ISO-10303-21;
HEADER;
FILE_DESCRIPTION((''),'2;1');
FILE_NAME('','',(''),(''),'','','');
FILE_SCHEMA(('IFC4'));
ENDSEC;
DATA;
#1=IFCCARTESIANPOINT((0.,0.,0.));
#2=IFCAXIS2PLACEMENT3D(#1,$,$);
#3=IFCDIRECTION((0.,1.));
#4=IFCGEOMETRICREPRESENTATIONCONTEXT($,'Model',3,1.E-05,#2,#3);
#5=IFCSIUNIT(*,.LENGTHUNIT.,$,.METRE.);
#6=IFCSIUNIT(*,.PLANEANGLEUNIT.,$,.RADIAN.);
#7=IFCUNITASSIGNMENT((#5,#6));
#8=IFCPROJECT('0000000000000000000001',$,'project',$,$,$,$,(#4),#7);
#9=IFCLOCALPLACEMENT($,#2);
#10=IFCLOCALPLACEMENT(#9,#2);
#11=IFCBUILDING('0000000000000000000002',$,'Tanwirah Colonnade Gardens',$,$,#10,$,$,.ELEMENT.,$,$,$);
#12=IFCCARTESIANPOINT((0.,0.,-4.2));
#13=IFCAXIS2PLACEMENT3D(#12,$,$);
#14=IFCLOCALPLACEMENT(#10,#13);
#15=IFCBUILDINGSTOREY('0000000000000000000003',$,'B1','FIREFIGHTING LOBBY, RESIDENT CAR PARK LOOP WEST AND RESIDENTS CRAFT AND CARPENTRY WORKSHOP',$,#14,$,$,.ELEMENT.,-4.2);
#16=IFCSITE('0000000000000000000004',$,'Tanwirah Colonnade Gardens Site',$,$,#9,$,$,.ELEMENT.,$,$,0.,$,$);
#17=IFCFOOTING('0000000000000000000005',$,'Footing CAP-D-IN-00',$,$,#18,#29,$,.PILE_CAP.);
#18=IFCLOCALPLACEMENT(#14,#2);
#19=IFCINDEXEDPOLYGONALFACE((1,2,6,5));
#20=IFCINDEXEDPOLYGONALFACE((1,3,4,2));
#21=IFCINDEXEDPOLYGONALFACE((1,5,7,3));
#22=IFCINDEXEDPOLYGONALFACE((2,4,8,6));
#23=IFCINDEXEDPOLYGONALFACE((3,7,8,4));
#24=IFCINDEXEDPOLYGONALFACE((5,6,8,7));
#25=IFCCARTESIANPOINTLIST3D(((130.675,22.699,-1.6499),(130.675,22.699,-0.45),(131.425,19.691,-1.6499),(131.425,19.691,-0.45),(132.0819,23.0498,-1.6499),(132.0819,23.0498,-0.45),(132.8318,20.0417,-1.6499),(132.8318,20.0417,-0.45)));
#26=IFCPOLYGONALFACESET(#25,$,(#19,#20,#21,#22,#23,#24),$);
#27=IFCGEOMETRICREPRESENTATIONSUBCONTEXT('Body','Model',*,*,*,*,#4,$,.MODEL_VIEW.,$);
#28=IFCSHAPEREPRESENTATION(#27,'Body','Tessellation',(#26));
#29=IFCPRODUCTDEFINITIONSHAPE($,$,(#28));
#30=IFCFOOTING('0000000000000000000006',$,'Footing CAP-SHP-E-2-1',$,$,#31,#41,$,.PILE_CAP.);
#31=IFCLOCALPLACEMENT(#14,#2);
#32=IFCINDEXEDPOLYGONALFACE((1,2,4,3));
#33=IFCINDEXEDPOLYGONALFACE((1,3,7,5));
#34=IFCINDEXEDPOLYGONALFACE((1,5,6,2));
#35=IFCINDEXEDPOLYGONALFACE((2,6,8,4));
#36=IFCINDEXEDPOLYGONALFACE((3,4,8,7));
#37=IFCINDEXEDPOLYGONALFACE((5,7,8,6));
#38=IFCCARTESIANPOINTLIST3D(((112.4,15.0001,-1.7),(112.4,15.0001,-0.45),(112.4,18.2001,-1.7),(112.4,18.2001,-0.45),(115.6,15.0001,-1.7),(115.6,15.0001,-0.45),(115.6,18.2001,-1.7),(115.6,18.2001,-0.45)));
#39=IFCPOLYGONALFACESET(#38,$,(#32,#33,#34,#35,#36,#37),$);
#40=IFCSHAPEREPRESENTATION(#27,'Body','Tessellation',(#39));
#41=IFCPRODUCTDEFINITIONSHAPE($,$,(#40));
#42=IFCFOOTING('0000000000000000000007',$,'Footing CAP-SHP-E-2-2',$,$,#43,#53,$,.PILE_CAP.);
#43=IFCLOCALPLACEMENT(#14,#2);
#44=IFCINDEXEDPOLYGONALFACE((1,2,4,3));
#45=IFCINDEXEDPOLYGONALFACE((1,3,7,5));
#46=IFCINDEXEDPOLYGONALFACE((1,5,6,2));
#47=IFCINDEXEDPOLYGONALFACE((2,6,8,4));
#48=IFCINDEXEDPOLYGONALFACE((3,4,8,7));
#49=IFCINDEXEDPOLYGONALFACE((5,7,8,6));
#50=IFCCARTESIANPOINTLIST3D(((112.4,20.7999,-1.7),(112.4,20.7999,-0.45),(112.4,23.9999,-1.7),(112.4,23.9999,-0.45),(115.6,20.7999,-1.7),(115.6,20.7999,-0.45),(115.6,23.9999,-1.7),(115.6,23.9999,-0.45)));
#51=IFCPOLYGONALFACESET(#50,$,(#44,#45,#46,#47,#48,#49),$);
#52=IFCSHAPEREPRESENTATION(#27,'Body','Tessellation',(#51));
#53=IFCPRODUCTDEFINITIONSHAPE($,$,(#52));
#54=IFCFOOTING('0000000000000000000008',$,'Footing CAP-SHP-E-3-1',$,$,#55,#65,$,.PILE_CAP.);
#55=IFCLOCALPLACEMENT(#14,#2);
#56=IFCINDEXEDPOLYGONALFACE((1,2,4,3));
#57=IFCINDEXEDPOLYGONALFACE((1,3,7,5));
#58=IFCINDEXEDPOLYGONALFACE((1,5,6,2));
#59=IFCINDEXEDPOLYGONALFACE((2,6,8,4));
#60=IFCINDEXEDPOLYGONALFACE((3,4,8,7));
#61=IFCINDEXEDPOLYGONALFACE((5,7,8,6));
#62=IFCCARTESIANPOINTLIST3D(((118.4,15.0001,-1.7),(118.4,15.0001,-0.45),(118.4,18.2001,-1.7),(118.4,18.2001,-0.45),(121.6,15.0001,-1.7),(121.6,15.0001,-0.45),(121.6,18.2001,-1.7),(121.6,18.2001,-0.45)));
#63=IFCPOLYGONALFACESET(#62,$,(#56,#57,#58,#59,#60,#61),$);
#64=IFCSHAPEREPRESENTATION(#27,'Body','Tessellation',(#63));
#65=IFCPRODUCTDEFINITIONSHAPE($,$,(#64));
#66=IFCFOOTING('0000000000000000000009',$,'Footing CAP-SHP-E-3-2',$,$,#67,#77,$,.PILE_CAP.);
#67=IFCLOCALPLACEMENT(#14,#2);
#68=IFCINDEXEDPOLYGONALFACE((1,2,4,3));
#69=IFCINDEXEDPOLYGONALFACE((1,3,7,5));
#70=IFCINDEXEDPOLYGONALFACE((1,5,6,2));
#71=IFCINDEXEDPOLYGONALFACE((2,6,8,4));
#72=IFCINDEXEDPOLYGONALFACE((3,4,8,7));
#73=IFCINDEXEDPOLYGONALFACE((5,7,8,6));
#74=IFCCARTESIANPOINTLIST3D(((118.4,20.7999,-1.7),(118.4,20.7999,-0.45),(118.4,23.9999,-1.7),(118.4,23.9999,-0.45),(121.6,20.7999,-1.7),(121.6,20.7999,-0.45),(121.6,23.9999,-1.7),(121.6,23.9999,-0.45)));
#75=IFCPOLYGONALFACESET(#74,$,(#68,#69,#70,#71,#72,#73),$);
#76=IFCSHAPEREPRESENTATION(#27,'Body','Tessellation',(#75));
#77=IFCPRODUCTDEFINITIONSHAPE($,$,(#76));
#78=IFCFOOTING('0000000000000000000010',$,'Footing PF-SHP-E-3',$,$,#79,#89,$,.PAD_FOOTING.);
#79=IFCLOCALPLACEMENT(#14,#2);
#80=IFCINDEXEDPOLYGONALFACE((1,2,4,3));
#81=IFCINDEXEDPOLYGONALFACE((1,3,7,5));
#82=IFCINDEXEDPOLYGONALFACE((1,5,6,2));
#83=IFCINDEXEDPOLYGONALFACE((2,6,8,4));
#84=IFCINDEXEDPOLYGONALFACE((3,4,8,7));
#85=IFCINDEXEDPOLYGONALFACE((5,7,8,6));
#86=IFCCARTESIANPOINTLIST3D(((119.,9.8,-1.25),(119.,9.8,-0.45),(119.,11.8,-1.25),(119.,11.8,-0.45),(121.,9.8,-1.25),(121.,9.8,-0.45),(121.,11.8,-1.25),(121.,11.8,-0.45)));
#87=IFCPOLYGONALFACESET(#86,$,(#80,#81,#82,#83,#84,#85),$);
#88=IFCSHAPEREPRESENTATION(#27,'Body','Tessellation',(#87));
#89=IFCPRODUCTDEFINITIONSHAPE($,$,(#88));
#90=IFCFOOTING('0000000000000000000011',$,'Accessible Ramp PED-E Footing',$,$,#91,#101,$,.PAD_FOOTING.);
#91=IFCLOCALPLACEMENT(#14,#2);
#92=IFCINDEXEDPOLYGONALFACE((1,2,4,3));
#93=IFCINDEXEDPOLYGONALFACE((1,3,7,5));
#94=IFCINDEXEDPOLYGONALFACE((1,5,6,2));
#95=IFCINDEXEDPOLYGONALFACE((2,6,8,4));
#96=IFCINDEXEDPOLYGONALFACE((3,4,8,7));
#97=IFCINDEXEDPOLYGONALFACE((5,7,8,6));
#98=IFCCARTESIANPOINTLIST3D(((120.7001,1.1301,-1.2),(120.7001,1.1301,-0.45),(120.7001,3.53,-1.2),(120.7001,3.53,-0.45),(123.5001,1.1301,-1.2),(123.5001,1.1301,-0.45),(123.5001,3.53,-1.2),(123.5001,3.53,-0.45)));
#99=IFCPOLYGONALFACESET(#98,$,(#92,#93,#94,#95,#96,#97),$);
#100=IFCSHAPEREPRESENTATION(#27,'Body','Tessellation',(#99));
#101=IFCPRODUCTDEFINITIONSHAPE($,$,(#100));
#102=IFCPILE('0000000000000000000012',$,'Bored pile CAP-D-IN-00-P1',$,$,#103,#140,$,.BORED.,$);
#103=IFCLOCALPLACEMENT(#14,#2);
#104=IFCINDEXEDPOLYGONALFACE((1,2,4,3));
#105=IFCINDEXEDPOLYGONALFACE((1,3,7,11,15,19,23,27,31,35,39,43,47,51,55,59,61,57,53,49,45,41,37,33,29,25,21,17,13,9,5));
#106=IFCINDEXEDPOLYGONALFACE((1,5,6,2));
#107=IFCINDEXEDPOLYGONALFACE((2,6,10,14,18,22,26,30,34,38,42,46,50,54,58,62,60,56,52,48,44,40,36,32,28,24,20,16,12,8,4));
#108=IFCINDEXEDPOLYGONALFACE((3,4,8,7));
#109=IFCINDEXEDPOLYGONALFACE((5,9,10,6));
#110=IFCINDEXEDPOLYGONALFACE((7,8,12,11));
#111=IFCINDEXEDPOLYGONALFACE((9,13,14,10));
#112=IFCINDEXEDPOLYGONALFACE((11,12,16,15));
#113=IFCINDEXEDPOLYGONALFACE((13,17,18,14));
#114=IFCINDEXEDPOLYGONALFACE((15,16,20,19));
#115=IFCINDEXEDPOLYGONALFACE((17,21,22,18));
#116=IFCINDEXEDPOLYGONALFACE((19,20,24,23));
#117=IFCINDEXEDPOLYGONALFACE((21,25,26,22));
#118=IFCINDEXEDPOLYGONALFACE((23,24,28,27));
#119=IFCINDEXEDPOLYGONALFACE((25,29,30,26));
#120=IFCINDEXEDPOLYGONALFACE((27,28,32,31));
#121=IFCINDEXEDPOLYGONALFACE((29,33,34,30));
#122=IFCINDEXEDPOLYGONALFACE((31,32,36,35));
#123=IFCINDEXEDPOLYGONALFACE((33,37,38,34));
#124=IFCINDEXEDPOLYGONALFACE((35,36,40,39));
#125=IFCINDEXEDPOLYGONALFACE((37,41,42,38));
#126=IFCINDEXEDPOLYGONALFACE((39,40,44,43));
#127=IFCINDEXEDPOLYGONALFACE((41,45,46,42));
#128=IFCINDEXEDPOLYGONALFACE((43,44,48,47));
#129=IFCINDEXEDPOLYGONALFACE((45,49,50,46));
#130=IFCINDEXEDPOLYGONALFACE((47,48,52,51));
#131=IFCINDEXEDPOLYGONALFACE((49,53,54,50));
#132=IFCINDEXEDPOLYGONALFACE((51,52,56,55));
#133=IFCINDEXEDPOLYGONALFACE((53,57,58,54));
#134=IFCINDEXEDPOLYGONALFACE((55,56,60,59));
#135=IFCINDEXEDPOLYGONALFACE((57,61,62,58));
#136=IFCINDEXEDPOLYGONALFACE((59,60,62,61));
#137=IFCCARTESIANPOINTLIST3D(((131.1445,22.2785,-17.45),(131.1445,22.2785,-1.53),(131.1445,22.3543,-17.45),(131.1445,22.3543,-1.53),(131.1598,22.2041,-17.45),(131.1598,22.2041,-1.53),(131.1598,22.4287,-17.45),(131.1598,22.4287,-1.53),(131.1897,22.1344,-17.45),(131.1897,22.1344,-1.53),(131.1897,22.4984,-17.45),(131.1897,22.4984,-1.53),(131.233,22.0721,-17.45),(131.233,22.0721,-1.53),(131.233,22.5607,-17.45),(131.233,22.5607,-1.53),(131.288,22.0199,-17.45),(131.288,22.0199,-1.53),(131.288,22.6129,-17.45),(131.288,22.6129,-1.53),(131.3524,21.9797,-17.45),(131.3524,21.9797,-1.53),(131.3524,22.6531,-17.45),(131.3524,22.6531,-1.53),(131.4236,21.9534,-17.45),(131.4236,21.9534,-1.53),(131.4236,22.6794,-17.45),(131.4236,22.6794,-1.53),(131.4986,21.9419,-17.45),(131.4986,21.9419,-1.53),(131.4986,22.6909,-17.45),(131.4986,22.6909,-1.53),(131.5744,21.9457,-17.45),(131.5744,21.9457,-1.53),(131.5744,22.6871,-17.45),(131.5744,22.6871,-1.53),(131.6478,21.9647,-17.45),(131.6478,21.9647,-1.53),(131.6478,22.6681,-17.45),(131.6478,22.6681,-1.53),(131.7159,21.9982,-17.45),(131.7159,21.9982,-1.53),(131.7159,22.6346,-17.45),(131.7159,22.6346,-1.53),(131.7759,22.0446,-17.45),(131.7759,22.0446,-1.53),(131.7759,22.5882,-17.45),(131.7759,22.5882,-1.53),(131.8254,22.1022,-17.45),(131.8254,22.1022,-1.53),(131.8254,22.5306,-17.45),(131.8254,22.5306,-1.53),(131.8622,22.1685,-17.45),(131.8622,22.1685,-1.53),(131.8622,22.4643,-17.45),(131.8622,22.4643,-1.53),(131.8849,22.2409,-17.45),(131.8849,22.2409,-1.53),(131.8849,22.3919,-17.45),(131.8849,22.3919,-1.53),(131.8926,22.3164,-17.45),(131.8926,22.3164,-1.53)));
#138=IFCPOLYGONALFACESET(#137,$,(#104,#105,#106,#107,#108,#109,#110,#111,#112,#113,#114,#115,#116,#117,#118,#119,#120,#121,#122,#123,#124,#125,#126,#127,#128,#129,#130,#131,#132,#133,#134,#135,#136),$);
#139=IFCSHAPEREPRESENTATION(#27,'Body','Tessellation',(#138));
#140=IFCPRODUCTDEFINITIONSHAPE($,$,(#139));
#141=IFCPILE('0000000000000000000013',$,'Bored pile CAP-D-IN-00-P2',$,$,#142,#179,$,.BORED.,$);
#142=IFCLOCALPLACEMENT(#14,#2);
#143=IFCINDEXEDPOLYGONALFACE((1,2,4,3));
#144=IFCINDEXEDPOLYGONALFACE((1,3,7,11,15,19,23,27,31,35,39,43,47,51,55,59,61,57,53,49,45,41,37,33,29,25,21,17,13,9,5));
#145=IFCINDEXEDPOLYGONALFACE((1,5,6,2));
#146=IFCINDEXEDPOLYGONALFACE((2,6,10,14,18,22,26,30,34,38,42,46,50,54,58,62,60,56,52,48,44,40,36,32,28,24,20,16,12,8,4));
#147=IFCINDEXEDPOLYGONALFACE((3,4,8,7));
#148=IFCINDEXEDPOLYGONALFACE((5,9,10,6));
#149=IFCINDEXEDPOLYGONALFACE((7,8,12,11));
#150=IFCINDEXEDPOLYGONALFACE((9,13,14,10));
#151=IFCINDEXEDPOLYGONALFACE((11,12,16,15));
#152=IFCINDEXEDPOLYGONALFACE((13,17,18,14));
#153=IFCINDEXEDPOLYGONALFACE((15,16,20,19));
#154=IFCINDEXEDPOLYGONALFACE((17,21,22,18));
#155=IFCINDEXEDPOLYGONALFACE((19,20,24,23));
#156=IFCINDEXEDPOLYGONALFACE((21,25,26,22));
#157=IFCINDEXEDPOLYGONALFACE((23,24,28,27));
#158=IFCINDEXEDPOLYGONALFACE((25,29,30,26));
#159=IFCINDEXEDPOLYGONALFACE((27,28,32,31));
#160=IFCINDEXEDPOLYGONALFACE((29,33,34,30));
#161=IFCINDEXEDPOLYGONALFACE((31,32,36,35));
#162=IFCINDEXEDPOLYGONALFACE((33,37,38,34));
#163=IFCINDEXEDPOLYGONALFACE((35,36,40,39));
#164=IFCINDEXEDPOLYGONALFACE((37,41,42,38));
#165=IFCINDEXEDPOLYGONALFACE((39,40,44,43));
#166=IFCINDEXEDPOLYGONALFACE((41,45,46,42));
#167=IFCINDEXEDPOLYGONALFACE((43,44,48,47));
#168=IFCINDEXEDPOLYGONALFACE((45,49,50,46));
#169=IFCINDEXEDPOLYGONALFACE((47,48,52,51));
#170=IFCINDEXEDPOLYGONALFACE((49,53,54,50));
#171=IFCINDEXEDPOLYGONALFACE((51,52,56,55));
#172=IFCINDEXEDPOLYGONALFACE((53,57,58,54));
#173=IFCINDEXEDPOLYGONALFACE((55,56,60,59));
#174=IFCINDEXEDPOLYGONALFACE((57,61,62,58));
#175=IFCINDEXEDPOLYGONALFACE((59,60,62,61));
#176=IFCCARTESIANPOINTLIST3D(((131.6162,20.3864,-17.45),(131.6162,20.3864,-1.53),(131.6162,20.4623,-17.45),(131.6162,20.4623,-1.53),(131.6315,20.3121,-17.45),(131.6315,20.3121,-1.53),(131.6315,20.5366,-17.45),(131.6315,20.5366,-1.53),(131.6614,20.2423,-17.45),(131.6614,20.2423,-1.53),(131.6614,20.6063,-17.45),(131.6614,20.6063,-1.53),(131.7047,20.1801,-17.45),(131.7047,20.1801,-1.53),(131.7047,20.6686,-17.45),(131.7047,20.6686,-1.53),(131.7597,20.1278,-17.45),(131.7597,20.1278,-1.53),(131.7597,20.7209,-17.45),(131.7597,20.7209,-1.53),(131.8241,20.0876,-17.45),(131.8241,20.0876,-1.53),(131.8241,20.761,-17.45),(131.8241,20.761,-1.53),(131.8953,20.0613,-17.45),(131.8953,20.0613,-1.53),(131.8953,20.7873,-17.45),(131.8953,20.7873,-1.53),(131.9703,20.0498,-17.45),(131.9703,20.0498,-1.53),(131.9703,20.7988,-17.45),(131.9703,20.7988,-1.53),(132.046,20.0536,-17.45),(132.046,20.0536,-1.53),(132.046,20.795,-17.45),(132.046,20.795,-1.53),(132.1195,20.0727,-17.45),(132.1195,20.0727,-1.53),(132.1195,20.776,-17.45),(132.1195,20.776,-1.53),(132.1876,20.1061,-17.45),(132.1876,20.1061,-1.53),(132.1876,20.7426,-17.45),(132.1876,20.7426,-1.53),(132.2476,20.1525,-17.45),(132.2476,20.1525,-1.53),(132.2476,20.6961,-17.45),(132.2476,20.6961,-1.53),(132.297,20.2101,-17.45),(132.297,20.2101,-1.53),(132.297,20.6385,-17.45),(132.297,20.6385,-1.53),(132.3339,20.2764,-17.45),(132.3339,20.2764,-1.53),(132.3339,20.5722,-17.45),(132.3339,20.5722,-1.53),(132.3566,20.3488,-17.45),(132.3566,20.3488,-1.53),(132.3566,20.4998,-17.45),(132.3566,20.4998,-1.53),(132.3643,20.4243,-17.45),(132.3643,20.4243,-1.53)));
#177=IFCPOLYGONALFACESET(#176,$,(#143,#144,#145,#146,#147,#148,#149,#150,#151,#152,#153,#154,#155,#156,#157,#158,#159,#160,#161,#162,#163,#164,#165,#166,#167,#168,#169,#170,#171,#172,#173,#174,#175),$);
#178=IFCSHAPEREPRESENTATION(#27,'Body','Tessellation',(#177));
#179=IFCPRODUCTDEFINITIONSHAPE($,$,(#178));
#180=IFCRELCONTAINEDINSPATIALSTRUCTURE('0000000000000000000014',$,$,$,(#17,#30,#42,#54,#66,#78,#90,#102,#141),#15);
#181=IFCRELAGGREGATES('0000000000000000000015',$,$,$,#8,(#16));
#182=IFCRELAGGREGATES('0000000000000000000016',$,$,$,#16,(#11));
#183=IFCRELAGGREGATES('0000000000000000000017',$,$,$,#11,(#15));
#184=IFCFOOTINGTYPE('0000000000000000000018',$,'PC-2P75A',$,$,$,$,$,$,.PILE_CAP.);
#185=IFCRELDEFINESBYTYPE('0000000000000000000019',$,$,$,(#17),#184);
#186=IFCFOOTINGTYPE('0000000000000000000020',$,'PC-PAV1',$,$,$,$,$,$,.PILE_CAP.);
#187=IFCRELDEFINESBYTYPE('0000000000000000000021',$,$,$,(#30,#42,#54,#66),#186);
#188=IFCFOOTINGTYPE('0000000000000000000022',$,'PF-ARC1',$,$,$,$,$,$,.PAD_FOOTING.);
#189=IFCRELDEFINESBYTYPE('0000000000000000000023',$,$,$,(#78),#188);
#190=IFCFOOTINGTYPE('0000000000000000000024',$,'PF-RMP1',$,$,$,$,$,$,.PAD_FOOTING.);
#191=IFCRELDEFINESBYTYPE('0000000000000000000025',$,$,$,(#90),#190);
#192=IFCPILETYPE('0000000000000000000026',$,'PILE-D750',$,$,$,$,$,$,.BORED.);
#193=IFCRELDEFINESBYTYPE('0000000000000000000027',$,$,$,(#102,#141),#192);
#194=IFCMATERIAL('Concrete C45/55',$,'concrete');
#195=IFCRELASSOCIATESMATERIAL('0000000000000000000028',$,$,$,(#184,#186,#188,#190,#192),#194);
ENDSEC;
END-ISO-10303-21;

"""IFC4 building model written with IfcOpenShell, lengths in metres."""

from ifc_helpers import new_model, si_unit, direction, frame, origin, origin_2d, place, context, subcontext, project, spatial, rectangle, circle, extrude, material, material_profile, profile_set, type_object, element, save


model = new_model("IFC4")

# Units and contexts
model_context = context("Model", 3, precision=1e-05, world=origin(), true_north=direction((0.0, 1.0)))
body_context = subcontext(model_context, "Body", "Model", "MODEL_VIEW")
ifc_project = project(units=[si_unit("LENGTHUNIT", "METRE"), si_unit("PLANEANGLEUNIT", "RADIAN")], contexts=[model_context])

# Site, building, storey
site_placement = place(None, origin())
site = spatial("IfcSite", under=ifc_project, at=site_placement, Name="Tanwirah Colonnade Gardens Site", CompositionType="ELEMENT", RefElevation=0.0)
building_placement = place(site_placement, origin())
building = spatial("IfcBuilding", under=site, at=building_placement, Name="Tanwirah Colonnade Gardens", CompositionType="ELEMENT")
storey_placement = place(building_placement, frame((0.0, 0.0, -4.2)))
storey = spatial("IfcBuildingStorey", under=building, at=storey_placement, Name="B1", Description="FIREFIGHTING LOBBY, RESIDENT CAR PARK LOOP WEST AND RESIDENTS CRAFT AND CARPENTRY WORKSHOP", CompositionType="ELEMENT", Elevation=-4.2)

# Footings
ifc_material_1 = material(Name="Concrete C45/55", Category="concrete")
footing_type_1 = type_object("IfcFootingType", Name="PC-2P75A", PredefinedType="PILE_CAP", material=ifc_material_1)
footing_1_placement = place(storey_placement, frame((131.7534, 21.3704, -1.6499), z_axis=(0.0, 0.0, 1.0), x_axis=(0.241922, -0.970296, 0.0)))
element("IfcFooting", 1, at=footing_1_placement, inside=storey, type_object=footing_type_1, Name="Footing CAP-D-IN-00", PredefinedType="PILE_CAP", context=body_context, shape_type="SweptSolid", body=[
    extrude(rectangle(XDim=3.1001, YDim=1.45, at=origin_2d()), origin(), (0.0, 0.0, 1.0), 1.2),
])
footing_type_2 = type_object("IfcFootingType", Name="PC-PAV1", PredefinedType="PILE_CAP", material=ifc_material_1)
for number, where, z_axis, x_axis, name in (
    (2, (114.0, 16.6001, -1.7), (0.0, 0.0, 1.0), (1.0, 0.0, 0.0), "Footing CAP-SHP-E-2-1"),
    (3, (114.0, 22.3999, -1.7), (0.0, 0.0, 1.0), (1.0, 0.0, 0.0), "Footing CAP-SHP-E-2-2"),
    (4, (120.0, 16.6001, -1.7), (0.0, 0.0, 1.0), (1.0, 0.0, 0.0), "Footing CAP-SHP-E-3-1"),
    (5, (120.0, 22.3999, -1.7), (0.0, 0.0, 1.0), (1.0, 0.0, 0.0), "Footing CAP-SHP-E-3-2"),
):
    element("IfcFooting", number, at=place(storey_placement, frame(where, z_axis=z_axis, x_axis=x_axis)), inside=storey, type_object=footing_type_2, Name=name, PredefinedType="PILE_CAP", context=body_context, shape_type="SweptSolid", body=[
        extrude(rectangle(XDim=3.2, YDim=3.2, at=origin_2d()), origin(), (0.0, 0.0, 1.0), 1.25),
    ])
footing_type_3 = type_object("IfcFootingType", Name="PF-ARC1", PredefinedType="PAD_FOOTING", material=ifc_material_1)
footing_2_placement = place(storey_placement, frame((120.0, 10.8, -1.25), z_axis=(0.0, 0.0, 1.0), x_axis=(1.0, 0.0, 0.0)))
element("IfcFooting", 6, at=footing_2_placement, inside=storey, type_object=footing_type_3, Name="Footing PF-SHP-E-3", PredefinedType="PAD_FOOTING", context=body_context, shape_type="SweptSolid", body=[
    extrude(rectangle(XDim=2.0, YDim=2.0, at=origin_2d()), origin(), (0.0, 0.0, 1.0), 0.8),
])
footing_type_4 = type_object("IfcFootingType", Name="PF-RMP1", PredefinedType="PAD_FOOTING", material=ifc_material_1)
footing_3_placement = place(storey_placement, frame((122.1001, 2.3301, -1.2), z_axis=(0.0, 0.0, 1.0), x_axis=(1.0, 0.0, 0.0)))
element("IfcFooting", 7, at=footing_3_placement, inside=storey, type_object=footing_type_4, Name="Accessible Ramp PED-E Footing", PredefinedType="PAD_FOOTING", context=body_context, shape_type="SweptSolid", body=[
    extrude(rectangle(XDim=2.8, YDim=2.3999, at=origin_2d()), origin(), (0.0, 0.0, 1.0), 0.75),
])

# Piles
ifc_material_profile_1 = material_profile(ifc_material_1, circle(Radius=0.375, at=origin_2d()), Name="PILE D750")
ifc_profile_set_1 = profile_set([ifc_material_profile_1], Name="Concrete C45/55")
pile_type_1 = type_object("IfcPileType", Name="PILE-D750", PredefinedType="BORED", material=ifc_profile_set_1)
for number, where, z_axis, x_axis, name in (
    (8, (131.5176, 22.3164, -1.53), (0.0, 0.0, -1.0), (1.0, 0.0, 0.0), "Bored pile CAP-D-IN-00-P1"),
    (9, (131.9893, 20.4243, -1.53), (0.0, 0.0, -1.0), (1.0, 0.0, 0.0), "Bored pile CAP-D-IN-00-P2"),
):
    element("IfcPile", number, at=place(storey_placement, frame(where, z_axis=z_axis, x_axis=x_axis)), inside=storey, type_object=pile_type_1, Name=name, PredefinedType="BORED", context=body_context, shape_type="SweptSolid", body=[
        extrude(circle(Radius=0.375, at=origin_2d()), origin(), (0.0, 0.0, 1.0), 15.9199),
    ])

save(model, "model.ifc")
